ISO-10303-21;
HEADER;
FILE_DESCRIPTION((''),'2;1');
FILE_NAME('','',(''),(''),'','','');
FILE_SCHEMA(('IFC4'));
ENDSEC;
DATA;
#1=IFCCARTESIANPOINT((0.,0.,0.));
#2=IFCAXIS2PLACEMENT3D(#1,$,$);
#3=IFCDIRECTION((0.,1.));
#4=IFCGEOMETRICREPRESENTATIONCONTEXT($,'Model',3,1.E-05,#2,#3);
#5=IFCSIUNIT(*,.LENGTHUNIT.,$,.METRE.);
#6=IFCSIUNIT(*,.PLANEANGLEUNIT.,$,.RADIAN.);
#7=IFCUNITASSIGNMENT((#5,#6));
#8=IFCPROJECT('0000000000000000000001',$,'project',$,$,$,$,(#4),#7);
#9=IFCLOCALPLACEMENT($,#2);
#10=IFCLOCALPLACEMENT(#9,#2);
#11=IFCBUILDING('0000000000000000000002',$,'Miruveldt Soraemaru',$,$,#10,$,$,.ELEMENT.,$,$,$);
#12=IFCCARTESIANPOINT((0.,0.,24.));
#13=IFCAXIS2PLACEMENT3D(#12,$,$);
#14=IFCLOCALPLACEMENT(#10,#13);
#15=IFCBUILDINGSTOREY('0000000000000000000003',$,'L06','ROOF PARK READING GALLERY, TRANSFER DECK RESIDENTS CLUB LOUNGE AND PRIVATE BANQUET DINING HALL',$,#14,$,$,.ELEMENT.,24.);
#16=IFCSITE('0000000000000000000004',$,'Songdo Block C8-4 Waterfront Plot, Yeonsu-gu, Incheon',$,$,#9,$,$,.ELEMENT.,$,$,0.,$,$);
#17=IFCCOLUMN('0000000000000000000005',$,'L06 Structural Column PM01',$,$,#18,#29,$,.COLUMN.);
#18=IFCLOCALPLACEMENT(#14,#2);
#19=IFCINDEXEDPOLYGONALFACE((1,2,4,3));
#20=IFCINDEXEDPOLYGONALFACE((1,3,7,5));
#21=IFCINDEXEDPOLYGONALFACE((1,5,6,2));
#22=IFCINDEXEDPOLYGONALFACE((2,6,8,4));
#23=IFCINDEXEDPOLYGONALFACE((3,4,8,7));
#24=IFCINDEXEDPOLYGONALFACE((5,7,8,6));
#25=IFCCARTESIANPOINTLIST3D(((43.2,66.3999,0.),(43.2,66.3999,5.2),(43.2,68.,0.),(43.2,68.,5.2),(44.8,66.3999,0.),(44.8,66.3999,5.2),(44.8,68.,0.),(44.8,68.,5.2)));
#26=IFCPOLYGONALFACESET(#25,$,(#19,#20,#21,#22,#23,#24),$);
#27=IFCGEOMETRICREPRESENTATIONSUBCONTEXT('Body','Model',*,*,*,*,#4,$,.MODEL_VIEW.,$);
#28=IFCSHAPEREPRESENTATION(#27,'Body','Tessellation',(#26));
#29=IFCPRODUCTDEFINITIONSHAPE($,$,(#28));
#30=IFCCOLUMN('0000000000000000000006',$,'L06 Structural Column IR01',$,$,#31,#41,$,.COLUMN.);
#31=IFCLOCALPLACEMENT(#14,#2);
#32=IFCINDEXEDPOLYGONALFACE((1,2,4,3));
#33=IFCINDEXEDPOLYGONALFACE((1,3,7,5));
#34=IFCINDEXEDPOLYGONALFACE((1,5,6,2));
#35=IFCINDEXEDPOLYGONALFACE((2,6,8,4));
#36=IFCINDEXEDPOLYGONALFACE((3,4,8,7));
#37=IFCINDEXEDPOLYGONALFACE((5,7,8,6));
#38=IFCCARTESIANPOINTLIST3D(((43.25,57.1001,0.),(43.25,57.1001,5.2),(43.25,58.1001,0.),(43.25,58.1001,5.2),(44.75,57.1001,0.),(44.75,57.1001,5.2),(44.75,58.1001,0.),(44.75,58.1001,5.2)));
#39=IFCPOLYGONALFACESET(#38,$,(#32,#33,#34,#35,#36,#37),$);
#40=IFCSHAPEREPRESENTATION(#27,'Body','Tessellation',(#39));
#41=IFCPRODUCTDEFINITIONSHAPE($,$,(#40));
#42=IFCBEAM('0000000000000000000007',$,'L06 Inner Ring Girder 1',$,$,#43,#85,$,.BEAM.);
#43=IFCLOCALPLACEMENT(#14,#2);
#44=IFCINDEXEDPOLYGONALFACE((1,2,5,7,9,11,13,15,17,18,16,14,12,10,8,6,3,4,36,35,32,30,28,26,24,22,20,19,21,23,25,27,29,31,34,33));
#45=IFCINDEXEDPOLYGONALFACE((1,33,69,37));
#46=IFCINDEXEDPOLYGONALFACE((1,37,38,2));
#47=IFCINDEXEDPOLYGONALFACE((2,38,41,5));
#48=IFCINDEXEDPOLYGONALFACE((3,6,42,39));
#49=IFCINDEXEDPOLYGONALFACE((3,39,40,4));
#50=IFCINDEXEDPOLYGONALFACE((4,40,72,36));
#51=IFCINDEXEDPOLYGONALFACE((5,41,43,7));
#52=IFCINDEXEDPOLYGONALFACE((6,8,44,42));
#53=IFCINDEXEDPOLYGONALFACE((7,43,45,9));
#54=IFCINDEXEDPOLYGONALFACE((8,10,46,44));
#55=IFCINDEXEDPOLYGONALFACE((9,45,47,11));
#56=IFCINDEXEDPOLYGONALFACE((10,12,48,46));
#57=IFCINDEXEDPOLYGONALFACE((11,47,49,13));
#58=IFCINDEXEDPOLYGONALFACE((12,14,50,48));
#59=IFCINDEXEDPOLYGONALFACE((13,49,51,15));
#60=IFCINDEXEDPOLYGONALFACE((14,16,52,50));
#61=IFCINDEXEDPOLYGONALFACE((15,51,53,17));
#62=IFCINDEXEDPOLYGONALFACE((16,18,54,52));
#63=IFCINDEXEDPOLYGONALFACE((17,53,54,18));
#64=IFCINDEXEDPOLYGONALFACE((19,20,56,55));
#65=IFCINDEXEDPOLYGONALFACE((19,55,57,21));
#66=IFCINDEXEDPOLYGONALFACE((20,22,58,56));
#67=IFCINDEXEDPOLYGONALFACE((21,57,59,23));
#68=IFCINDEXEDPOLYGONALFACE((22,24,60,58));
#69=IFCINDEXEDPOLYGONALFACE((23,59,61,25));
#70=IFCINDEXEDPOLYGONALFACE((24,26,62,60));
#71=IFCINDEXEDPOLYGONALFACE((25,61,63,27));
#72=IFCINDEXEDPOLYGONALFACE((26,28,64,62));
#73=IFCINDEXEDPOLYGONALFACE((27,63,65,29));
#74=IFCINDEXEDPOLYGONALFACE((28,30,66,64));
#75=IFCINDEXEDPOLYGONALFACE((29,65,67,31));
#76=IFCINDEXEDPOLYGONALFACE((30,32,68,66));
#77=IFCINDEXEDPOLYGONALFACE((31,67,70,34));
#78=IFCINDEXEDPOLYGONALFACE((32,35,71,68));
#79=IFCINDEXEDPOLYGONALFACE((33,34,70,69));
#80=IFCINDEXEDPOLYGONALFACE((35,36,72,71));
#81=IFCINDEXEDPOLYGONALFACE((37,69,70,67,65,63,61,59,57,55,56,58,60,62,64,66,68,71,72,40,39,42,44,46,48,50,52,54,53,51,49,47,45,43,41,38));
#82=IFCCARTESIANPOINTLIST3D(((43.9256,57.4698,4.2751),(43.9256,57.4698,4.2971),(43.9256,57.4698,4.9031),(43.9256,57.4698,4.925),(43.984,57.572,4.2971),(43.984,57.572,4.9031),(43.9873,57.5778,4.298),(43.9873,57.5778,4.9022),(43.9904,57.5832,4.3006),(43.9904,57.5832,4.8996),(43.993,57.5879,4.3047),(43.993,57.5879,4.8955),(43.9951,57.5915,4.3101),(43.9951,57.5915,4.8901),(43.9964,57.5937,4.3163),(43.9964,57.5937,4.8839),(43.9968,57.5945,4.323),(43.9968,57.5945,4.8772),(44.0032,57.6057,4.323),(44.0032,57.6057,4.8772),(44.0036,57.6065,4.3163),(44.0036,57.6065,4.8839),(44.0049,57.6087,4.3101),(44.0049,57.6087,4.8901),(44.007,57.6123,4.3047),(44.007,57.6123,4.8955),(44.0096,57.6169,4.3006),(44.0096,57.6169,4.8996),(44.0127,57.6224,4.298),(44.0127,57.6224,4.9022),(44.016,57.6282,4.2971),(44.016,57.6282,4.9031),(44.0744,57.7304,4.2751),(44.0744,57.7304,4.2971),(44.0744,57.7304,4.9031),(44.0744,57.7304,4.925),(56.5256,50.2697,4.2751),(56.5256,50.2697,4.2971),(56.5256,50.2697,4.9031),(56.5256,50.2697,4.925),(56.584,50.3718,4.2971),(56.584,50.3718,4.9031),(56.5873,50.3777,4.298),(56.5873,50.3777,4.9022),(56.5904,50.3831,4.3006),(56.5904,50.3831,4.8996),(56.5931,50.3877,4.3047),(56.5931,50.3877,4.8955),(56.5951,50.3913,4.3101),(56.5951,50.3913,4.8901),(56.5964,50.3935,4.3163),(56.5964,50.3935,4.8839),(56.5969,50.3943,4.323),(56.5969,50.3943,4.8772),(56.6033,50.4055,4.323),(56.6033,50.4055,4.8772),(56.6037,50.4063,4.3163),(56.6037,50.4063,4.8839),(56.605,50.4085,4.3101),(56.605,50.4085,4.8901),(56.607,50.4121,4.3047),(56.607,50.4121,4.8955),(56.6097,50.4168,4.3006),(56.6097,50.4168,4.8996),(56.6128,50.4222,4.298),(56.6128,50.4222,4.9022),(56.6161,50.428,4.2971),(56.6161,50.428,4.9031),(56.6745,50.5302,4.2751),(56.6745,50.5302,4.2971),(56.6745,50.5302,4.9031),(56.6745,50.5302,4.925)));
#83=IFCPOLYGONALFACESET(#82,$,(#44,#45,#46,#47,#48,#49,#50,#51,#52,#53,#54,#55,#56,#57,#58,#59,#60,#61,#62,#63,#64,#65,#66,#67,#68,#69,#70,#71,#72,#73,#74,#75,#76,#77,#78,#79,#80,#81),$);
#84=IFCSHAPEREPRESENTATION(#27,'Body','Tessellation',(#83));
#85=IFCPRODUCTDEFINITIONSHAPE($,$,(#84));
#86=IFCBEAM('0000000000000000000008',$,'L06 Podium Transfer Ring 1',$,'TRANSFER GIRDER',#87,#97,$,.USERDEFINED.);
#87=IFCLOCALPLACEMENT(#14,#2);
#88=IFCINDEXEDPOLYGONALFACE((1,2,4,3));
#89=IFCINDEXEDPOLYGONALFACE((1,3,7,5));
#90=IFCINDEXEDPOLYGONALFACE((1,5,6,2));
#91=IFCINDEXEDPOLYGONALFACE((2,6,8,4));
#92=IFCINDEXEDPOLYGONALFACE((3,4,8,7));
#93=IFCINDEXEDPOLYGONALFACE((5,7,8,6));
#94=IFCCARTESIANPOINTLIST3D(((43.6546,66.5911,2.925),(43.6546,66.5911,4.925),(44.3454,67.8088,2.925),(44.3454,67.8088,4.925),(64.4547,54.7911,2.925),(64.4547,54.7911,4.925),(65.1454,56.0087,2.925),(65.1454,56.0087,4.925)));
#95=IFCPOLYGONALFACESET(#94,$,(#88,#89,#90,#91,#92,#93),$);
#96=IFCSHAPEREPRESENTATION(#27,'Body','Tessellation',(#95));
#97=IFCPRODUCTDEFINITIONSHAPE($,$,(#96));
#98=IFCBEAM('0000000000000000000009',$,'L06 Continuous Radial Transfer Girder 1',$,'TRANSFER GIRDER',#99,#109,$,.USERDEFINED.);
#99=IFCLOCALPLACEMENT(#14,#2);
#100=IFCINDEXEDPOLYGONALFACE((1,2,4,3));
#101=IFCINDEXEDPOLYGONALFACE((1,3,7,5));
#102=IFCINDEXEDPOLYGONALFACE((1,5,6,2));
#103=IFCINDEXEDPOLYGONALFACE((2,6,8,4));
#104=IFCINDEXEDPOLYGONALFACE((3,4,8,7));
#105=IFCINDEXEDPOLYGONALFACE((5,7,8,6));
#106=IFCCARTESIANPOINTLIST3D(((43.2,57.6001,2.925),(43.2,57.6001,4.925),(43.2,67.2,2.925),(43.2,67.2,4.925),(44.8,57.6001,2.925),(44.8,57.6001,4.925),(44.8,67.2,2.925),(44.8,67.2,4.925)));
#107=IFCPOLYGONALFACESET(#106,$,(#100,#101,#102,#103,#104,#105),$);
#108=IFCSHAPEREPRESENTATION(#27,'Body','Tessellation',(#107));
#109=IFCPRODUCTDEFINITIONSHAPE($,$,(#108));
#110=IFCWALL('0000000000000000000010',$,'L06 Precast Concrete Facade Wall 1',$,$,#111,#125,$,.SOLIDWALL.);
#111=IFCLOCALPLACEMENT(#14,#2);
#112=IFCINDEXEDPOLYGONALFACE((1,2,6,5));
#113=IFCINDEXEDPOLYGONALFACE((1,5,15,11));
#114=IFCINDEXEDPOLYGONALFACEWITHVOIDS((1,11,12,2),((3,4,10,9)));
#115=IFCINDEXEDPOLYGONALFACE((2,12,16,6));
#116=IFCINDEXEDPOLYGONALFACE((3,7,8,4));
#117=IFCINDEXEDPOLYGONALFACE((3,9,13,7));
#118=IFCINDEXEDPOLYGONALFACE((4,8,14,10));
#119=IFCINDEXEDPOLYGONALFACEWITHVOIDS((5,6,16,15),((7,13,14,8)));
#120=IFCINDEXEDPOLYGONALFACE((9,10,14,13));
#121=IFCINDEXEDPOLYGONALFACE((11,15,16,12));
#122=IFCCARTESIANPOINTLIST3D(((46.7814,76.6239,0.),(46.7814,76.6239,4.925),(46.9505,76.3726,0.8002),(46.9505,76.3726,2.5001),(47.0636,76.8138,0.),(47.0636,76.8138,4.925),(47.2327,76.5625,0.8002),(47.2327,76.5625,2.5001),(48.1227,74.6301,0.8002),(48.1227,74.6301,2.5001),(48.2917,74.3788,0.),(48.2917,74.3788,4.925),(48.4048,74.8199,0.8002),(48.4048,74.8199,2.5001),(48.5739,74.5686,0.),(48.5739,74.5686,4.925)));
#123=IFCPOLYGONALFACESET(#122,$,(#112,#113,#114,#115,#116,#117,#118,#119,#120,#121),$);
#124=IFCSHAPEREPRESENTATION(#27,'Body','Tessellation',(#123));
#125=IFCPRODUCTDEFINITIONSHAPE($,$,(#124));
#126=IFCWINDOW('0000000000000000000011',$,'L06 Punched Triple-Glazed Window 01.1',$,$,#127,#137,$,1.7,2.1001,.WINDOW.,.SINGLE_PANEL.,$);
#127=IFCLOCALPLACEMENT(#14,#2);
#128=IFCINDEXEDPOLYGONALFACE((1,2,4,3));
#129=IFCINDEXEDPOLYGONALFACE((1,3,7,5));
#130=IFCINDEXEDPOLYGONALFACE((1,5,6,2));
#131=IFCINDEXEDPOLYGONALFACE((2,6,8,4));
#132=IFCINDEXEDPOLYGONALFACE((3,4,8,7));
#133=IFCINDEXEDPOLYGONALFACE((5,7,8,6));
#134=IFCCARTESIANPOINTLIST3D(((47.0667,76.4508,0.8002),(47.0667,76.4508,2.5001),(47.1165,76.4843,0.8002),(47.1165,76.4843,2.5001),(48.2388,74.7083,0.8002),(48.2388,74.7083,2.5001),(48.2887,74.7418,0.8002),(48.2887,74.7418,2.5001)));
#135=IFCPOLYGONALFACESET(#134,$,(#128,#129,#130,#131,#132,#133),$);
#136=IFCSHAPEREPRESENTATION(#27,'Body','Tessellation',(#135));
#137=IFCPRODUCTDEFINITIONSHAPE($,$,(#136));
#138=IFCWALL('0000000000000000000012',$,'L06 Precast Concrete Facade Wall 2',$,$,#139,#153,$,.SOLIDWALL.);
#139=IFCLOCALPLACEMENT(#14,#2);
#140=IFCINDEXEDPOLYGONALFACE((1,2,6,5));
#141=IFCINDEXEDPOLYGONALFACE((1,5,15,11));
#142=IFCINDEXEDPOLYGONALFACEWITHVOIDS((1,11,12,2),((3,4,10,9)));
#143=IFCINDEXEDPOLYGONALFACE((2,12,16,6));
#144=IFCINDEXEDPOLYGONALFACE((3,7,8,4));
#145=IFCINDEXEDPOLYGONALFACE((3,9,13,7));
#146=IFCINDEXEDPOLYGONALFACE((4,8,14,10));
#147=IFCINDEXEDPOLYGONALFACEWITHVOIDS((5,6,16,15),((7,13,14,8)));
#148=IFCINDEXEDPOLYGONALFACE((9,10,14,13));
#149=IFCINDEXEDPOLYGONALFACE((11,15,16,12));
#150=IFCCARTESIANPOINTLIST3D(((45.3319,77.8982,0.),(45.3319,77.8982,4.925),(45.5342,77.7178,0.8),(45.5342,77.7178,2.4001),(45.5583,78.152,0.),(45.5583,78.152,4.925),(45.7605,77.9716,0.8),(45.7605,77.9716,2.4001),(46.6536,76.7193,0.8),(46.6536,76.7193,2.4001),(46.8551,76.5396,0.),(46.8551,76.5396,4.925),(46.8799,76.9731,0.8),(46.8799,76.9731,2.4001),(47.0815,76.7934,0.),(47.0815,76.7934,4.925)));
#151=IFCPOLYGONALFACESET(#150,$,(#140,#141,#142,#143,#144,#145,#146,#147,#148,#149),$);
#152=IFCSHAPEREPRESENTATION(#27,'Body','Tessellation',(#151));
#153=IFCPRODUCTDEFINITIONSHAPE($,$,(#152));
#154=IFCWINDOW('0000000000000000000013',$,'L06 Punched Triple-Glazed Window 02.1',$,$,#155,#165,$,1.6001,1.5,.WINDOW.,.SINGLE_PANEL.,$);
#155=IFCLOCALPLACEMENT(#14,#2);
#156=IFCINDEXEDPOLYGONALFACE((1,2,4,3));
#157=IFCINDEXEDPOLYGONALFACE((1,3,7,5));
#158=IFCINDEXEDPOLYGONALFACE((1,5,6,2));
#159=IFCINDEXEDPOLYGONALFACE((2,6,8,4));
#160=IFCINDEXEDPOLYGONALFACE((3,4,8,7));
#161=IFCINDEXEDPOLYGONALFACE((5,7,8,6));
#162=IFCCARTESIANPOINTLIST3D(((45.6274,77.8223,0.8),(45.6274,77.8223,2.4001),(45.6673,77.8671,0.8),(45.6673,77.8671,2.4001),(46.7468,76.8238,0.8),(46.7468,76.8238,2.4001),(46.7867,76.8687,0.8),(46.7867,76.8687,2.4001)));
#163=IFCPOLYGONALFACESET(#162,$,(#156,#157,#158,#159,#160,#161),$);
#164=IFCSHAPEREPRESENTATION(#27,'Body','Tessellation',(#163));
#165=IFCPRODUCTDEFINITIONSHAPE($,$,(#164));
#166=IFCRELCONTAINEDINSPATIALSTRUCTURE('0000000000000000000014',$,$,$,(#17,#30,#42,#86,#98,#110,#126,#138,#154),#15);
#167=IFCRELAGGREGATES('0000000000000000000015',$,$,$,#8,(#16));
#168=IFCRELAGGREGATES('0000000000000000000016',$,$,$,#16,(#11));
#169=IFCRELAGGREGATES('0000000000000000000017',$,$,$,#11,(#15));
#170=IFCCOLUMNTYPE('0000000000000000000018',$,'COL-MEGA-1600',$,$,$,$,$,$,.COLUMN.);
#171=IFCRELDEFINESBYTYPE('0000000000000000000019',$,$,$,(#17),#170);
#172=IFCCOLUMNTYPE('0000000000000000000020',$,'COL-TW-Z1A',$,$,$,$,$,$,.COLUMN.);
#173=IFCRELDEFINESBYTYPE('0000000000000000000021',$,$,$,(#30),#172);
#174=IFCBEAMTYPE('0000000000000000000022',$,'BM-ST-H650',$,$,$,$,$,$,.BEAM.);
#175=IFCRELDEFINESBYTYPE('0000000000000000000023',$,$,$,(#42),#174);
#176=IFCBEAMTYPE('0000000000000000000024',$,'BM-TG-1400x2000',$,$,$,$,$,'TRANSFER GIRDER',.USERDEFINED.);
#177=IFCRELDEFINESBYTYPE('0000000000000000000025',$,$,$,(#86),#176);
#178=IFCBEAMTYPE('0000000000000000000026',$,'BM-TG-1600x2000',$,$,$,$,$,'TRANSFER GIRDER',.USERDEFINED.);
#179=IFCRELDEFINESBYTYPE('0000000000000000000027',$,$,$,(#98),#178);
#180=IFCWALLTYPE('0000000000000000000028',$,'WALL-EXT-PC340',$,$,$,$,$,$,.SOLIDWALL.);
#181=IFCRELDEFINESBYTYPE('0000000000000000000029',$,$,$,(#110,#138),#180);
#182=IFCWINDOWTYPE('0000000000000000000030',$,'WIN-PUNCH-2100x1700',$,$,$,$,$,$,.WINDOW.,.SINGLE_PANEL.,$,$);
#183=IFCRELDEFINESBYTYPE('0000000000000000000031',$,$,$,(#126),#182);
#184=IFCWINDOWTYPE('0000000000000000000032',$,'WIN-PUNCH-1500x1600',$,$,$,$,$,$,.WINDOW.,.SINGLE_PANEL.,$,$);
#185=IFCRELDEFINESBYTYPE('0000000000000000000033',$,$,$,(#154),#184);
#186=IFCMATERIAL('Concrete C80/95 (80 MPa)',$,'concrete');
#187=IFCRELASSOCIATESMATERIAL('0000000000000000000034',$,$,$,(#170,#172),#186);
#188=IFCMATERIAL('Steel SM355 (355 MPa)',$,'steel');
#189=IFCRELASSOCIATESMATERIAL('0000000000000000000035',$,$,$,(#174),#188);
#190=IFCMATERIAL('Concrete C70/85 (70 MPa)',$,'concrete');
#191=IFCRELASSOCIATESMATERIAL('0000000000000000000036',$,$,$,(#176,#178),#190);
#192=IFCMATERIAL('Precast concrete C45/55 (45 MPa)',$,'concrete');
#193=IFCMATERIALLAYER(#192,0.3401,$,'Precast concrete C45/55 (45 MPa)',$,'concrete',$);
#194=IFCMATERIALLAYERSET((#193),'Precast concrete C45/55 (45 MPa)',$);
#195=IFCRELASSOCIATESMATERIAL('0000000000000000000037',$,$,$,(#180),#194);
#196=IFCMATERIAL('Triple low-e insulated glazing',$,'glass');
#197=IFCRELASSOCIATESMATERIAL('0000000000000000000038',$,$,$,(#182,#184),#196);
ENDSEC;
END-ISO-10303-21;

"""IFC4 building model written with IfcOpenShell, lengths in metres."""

from ifc_helpers import new_model, si_unit, direction, frame, frame_2d, origin, origin_2d, place, context, subcontext, project, spatial, rectangle, i_section, extrude, material, layer, layer_set, material_profile, profile_set, type_object, element, fill, save


model = new_model("IFC4")

# Units and contexts
model_context = context("Model", 3, precision=1e-05, world=origin(), true_north=direction((0.0, 1.0)))
body_context = subcontext(model_context, "Body", "Model", "MODEL_VIEW")
ifc_project = project(units=[si_unit("LENGTHUNIT", "METRE"), si_unit("PLANEANGLEUNIT", "RADIAN")], contexts=[model_context])

# Site, building, storey
site_placement = place(None, origin())
site = spatial("IfcSite", under=ifc_project, at=site_placement, Name="Songdo Block C8-4 Waterfront Plot, Yeonsu-gu, Incheon", CompositionType="ELEMENT", RefElevation=0.0)
building_placement = place(site_placement, origin())
building = spatial("IfcBuilding", under=site, at=building_placement, Name="Miruveldt Soraemaru", CompositionType="ELEMENT")
storey_placement = place(building_placement, frame((0.0, 0.0, 24.0)))
storey = spatial("IfcBuildingStorey", under=building, at=storey_placement, Name="L06", Description="ROOF PARK READING GALLERY, TRANSFER DECK RESIDENTS CLUB LOUNGE AND PRIVATE BANQUET DINING HALL", CompositionType="ELEMENT", Elevation=24.0)

# Columns
ifc_material_1 = material(Name="Concrete C80/95 (80 MPa)", Category="concrete")
ifc_material_profile_1 = material_profile(ifc_material_1, rectangle(XDim=1.6001, YDim=1.6001, at=origin_2d()), Name="Concrete C80/95 (80 MPa)", Category="concrete")
ifc_profile_set_1 = profile_set([ifc_material_profile_1], Name="Concrete C80/95 (80 MPa)")
column_type_1 = type_object("IfcColumnType", Name="COL-MEGA-1600", PredefinedType="COLUMN", material=ifc_profile_set_1)
column_1_placement = place(storey_placement, frame((44.0, 67.2, 0.0), z_axis=(0.0, 0.0, 1.0), x_axis=(1.0, 0.0, 0.0)))
element("IfcColumn", 1, at=column_1_placement, inside=storey, type_object=column_type_1, Name="L06 Structural Column PM01", PredefinedType="COLUMN", context=body_context, shape_type="SweptSolid", body=[
    extrude(rectangle(XDim=1.6001, YDim=1.6001, at=origin_2d()), origin(), (0.0, 0.0, 1.0), 5.2),
])
ifc_material_profile_2 = material_profile(ifc_material_1, rectangle(XDim=1.5, YDim=1.0, at=origin_2d()), Name="Concrete C80/95 (80 MPa)", Category="concrete")
ifc_profile_set_2 = profile_set([ifc_material_profile_2], Name="Concrete C80/95 (80 MPa)")
column_type_2 = type_object("IfcColumnType", Name="COL-TW-Z1A", PredefinedType="COLUMN", material=ifc_profile_set_2)
column_2_placement = place(storey_placement, frame((44.0, 57.6001, 0.0), z_axis=(0.0, 0.0, 1.0), x_axis=(1.0, 0.0, 0.0)))
element("IfcColumn", 2, at=column_2_placement, inside=storey, type_object=column_type_2, Name="L06 Structural Column IR01", PredefinedType="COLUMN", context=body_context, shape_type="SweptSolid", body=[
    extrude(rectangle(XDim=1.5, YDim=1.0, at=origin_2d()), origin(), (0.0, 0.0, 1.0), 5.2),
])

# Beams
ifc_material_2 = material(Name="Steel SM355 (355 MPa)", Category="steel")
ifc_material_profile_3 = material_profile(ifc_material_2, i_section(OverallWidth=0.3, OverallDepth=0.6499, WebThickness=0.0129, FlangeThickness=0.022, FilletRadius=0.0259, at=origin_2d()), Name="Steel SM355 (355 MPa)", Category="steel")
ifc_profile_set_3 = profile_set([ifc_material_profile_3], Name="Steel SM355 (355 MPa)")
beam_type_1 = type_object("IfcBeamType", Name="BM-ST-H650", PredefinedType="BEAM", material=ifc_profile_set_3)
beam_1_placement = place(storey_placement, frame((44.0, 57.6001, 4.6001), z_axis=(0.868239, -0.496146, 0.0), x_axis=(0.496146, 0.868239, 0.0)))
element("IfcBeam", 3, at=beam_1_placement, inside=storey, type_object=beam_type_1, Name="L06 Inner Ring Girder 1", PredefinedType="BEAM", context=body_context, shape_type="SweptSolid", body=[
    extrude(i_section(OverallWidth=0.3, OverallDepth=0.6499, WebThickness=0.0129, FlangeThickness=0.022, FilletRadius=0.0259, at=origin_2d()), origin(), (0.0, 0.0, 1.0), 14.5122),
])
ifc_material_3 = material(Name="Concrete C70/85 (70 MPa)", Category="concrete")
ifc_material_profile_4 = material_profile(ifc_material_3, rectangle(XDim=1.3999, YDim=2.0, at=origin_2d()), Name="Concrete C70/85 (70 MPa)", Category="concrete")
ifc_profile_set_4 = profile_set([ifc_material_profile_4], Name="Concrete C70/85 (70 MPa)")
beam_type_2 = type_object("IfcBeamType", Name="BM-TG-1400x2000", ElementType="TRANSFER GIRDER", PredefinedType="USERDEFINED", material=ifc_profile_set_4)
beam_2_placement = place(storey_placement, frame((44.0, 67.2, 3.925), z_axis=(0.869783, -0.493435, 0.0), x_axis=(0.493435, 0.869783, 0.0)))
element("IfcBeam", 4, at=beam_2_placement, inside=storey, type_object=beam_type_2, Name="L06 Podium Transfer Ring 1", ObjectType="TRANSFER GIRDER", PredefinedType="USERDEFINED", context=body_context, shape_type="SweptSolid", body=[
    extrude(rectangle(XDim=1.3999, YDim=2.0, at=origin_2d()), origin(), (0.0, 0.0, 1.0), 23.9141),
])
ifc_material_profile_5 = material_profile(ifc_material_3, rectangle(XDim=1.6001, YDim=2.0, at=origin_2d()), Name="Concrete C70/85 (70 MPa)", Category="concrete")
ifc_profile_set_5 = profile_set([ifc_material_profile_5], Name="Concrete C70/85 (70 MPa)")
beam_type_3 = type_object("IfcBeamType", Name="BM-TG-1600x2000", ElementType="TRANSFER GIRDER", PredefinedType="USERDEFINED", material=ifc_profile_set_5)
beam_3_placement = place(storey_placement, frame((44.0, 57.6001, 3.925), z_axis=(0.0, 1.0, 0.0), x_axis=(-1.0, 0.0, 0.0)))
element("IfcBeam", 5, at=beam_3_placement, inside=storey, type_object=beam_type_3, Name="L06 Continuous Radial Transfer Girder 1", ObjectType="TRANSFER GIRDER", PredefinedType="USERDEFINED", context=body_context, shape_type="SweptSolid", body=[
    extrude(rectangle(XDim=1.6001, YDim=2.0, at=origin_2d()), origin(), (0.0, 0.0, 1.0), 9.5999),
])

# Walls, openings, windows
ifc_material_4 = material(Name="Precast concrete C45/55 (45 MPa)", Category="concrete")
ifc_layer_1 = layer(ifc_material_4, 0.3401, Name="Precast concrete C45/55 (45 MPa)", Category="concrete")
ifc_layer_set_1 = layer_set([ifc_layer_1], Name="Precast concrete C45/55 (45 MPa)")
wall_type_1 = type_object("IfcWallType", Name="WALL-EXT-PC340", PredefinedType="SOLIDWALL", material=ifc_layer_set_1)
wall_1_placement = place(storey_placement, frame((48.4329, 74.4736, 0.0), z_axis=(0.0, 0.0, 1.0), x_axis=(-0.558152, 0.829739, 0.0)))
wall_1 = element("IfcWall", 6, at=wall_1_placement, inside=storey, type_object=wall_type_1, Name="L06 Precast Concrete Facade Wall 1", PredefinedType="SOLIDWALL", context=body_context, shape_type="SweptSolid", body=[
    extrude(rectangle(XDim=2.7058, YDim=0.3401, at=frame_2d((1.353, 0.0))), origin(), (0.0, 0.0, 1.0), 4.925),
])
opening_1_placement = place(wall_1_placement, frame((0.303, 0.0, 0.8)))
opening_1 = element("IfcOpeningElement", 7, at=opening_1_placement, cuts=wall_1, PredefinedType="OPENING", context=body_context, shape_type="SweptSolid", body=[
    extrude(rectangle(XDim=2.1001, YDim=1.7, at=frame_2d((1.05, 0.8501))), frame((0.0, 0.1802, 0.0), z_axis=(0.0, -1.0, 0.0), x_axis=(1.0, 0.0, 0.0)), (0.0, 0.0, 1.0), 0.3601),
])
ifc_material_5 = material(Name="Triple low-e insulated glazing", Category="glass")
window_type_1 = type_object("IfcWindowType", Name="WIN-PUNCH-2100x1700", PartitioningType="SINGLE_PANEL", PredefinedType="WINDOW", material=ifc_material_5)
window_1_placement = place(opening_1_placement, origin())
window_1 = element("IfcWindow", 8, at=window_1_placement, inside=storey, type_object=window_type_1, Name="L06 Punched Triple-Glazed Window 01.1", OverallHeight=1.7, OverallWidth=2.1001, PartitioningType="SINGLE_PANEL", PredefinedType="WINDOW", context=body_context, shape_type="SweptSolid", body=[
    extrude(rectangle(XDim=2.1001, YDim=1.7, at=frame_2d((1.05, 0.8501))), frame((0.0, 0.03, 0.0), z_axis=(0.0, -1.0, 0.0), x_axis=(1.0, 0.0, 0.0)), (0.0, 0.0, 1.0), 0.0601),
])
fill(opening_1, window_1)
wall_2_placement = place(storey_placement, frame((46.9683, 76.6665, 0.0), z_axis=(0.0, 0.0, 1.0), x_axis=(-0.746267, 0.665647, 0.0)))
wall_2 = element("IfcWall", 9, at=wall_2_placement, inside=storey, type_object=wall_type_1, Name="L06 Precast Concrete Facade Wall 2", PredefinedType="SOLIDWALL", context=body_context, shape_type="SweptSolid", body=[
    extrude(rectangle(XDim=2.041, YDim=0.3401, at=frame_2d((1.0205, 0.0))), origin(), (0.0, 0.0, 1.0), 4.925),
])
opening_2_placement = place(wall_2_placement, frame((0.27, 0.0, 0.8)))
opening_2 = element("IfcOpeningElement", 10, at=opening_2_placement, cuts=wall_2, PredefinedType="OPENING", context=body_context, shape_type="SweptSolid", body=[
    extrude(rectangle(XDim=1.5, YDim=1.6001, at=frame_2d((0.75, 0.8))), frame((0.0, 0.1802, 0.0), z_axis=(0.0, -1.0, 0.0), x_axis=(1.0, 0.0, 0.0)), (0.0, 0.0, 1.0), 0.3601),
])
window_type_2 = type_object("IfcWindowType", Name="WIN-PUNCH-1500x1600", PartitioningType="SINGLE_PANEL", PredefinedType="WINDOW", material=ifc_material_5)
window_2_placement = place(opening_2_placement, origin())
window_2 = element("IfcWindow", 11, at=window_2_placement, inside=storey, type_object=window_type_2, Name="L06 Punched Triple-Glazed Window 02.1", OverallHeight=1.6001, OverallWidth=1.5, PartitioningType="SINGLE_PANEL", PredefinedType="WINDOW", context=body_context, shape_type="SweptSolid", body=[
    extrude(rectangle(XDim=1.5, YDim=1.6001, at=frame_2d((0.75, 0.8))), frame((0.0, 0.03, 0.0), z_axis=(0.0, -1.0, 0.0), x_axis=(1.0, 0.0, 0.0)), (0.0, 0.0, 1.0), 0.0601),
])
fill(opening_2, window_2)

save(model, "model.ifc")
